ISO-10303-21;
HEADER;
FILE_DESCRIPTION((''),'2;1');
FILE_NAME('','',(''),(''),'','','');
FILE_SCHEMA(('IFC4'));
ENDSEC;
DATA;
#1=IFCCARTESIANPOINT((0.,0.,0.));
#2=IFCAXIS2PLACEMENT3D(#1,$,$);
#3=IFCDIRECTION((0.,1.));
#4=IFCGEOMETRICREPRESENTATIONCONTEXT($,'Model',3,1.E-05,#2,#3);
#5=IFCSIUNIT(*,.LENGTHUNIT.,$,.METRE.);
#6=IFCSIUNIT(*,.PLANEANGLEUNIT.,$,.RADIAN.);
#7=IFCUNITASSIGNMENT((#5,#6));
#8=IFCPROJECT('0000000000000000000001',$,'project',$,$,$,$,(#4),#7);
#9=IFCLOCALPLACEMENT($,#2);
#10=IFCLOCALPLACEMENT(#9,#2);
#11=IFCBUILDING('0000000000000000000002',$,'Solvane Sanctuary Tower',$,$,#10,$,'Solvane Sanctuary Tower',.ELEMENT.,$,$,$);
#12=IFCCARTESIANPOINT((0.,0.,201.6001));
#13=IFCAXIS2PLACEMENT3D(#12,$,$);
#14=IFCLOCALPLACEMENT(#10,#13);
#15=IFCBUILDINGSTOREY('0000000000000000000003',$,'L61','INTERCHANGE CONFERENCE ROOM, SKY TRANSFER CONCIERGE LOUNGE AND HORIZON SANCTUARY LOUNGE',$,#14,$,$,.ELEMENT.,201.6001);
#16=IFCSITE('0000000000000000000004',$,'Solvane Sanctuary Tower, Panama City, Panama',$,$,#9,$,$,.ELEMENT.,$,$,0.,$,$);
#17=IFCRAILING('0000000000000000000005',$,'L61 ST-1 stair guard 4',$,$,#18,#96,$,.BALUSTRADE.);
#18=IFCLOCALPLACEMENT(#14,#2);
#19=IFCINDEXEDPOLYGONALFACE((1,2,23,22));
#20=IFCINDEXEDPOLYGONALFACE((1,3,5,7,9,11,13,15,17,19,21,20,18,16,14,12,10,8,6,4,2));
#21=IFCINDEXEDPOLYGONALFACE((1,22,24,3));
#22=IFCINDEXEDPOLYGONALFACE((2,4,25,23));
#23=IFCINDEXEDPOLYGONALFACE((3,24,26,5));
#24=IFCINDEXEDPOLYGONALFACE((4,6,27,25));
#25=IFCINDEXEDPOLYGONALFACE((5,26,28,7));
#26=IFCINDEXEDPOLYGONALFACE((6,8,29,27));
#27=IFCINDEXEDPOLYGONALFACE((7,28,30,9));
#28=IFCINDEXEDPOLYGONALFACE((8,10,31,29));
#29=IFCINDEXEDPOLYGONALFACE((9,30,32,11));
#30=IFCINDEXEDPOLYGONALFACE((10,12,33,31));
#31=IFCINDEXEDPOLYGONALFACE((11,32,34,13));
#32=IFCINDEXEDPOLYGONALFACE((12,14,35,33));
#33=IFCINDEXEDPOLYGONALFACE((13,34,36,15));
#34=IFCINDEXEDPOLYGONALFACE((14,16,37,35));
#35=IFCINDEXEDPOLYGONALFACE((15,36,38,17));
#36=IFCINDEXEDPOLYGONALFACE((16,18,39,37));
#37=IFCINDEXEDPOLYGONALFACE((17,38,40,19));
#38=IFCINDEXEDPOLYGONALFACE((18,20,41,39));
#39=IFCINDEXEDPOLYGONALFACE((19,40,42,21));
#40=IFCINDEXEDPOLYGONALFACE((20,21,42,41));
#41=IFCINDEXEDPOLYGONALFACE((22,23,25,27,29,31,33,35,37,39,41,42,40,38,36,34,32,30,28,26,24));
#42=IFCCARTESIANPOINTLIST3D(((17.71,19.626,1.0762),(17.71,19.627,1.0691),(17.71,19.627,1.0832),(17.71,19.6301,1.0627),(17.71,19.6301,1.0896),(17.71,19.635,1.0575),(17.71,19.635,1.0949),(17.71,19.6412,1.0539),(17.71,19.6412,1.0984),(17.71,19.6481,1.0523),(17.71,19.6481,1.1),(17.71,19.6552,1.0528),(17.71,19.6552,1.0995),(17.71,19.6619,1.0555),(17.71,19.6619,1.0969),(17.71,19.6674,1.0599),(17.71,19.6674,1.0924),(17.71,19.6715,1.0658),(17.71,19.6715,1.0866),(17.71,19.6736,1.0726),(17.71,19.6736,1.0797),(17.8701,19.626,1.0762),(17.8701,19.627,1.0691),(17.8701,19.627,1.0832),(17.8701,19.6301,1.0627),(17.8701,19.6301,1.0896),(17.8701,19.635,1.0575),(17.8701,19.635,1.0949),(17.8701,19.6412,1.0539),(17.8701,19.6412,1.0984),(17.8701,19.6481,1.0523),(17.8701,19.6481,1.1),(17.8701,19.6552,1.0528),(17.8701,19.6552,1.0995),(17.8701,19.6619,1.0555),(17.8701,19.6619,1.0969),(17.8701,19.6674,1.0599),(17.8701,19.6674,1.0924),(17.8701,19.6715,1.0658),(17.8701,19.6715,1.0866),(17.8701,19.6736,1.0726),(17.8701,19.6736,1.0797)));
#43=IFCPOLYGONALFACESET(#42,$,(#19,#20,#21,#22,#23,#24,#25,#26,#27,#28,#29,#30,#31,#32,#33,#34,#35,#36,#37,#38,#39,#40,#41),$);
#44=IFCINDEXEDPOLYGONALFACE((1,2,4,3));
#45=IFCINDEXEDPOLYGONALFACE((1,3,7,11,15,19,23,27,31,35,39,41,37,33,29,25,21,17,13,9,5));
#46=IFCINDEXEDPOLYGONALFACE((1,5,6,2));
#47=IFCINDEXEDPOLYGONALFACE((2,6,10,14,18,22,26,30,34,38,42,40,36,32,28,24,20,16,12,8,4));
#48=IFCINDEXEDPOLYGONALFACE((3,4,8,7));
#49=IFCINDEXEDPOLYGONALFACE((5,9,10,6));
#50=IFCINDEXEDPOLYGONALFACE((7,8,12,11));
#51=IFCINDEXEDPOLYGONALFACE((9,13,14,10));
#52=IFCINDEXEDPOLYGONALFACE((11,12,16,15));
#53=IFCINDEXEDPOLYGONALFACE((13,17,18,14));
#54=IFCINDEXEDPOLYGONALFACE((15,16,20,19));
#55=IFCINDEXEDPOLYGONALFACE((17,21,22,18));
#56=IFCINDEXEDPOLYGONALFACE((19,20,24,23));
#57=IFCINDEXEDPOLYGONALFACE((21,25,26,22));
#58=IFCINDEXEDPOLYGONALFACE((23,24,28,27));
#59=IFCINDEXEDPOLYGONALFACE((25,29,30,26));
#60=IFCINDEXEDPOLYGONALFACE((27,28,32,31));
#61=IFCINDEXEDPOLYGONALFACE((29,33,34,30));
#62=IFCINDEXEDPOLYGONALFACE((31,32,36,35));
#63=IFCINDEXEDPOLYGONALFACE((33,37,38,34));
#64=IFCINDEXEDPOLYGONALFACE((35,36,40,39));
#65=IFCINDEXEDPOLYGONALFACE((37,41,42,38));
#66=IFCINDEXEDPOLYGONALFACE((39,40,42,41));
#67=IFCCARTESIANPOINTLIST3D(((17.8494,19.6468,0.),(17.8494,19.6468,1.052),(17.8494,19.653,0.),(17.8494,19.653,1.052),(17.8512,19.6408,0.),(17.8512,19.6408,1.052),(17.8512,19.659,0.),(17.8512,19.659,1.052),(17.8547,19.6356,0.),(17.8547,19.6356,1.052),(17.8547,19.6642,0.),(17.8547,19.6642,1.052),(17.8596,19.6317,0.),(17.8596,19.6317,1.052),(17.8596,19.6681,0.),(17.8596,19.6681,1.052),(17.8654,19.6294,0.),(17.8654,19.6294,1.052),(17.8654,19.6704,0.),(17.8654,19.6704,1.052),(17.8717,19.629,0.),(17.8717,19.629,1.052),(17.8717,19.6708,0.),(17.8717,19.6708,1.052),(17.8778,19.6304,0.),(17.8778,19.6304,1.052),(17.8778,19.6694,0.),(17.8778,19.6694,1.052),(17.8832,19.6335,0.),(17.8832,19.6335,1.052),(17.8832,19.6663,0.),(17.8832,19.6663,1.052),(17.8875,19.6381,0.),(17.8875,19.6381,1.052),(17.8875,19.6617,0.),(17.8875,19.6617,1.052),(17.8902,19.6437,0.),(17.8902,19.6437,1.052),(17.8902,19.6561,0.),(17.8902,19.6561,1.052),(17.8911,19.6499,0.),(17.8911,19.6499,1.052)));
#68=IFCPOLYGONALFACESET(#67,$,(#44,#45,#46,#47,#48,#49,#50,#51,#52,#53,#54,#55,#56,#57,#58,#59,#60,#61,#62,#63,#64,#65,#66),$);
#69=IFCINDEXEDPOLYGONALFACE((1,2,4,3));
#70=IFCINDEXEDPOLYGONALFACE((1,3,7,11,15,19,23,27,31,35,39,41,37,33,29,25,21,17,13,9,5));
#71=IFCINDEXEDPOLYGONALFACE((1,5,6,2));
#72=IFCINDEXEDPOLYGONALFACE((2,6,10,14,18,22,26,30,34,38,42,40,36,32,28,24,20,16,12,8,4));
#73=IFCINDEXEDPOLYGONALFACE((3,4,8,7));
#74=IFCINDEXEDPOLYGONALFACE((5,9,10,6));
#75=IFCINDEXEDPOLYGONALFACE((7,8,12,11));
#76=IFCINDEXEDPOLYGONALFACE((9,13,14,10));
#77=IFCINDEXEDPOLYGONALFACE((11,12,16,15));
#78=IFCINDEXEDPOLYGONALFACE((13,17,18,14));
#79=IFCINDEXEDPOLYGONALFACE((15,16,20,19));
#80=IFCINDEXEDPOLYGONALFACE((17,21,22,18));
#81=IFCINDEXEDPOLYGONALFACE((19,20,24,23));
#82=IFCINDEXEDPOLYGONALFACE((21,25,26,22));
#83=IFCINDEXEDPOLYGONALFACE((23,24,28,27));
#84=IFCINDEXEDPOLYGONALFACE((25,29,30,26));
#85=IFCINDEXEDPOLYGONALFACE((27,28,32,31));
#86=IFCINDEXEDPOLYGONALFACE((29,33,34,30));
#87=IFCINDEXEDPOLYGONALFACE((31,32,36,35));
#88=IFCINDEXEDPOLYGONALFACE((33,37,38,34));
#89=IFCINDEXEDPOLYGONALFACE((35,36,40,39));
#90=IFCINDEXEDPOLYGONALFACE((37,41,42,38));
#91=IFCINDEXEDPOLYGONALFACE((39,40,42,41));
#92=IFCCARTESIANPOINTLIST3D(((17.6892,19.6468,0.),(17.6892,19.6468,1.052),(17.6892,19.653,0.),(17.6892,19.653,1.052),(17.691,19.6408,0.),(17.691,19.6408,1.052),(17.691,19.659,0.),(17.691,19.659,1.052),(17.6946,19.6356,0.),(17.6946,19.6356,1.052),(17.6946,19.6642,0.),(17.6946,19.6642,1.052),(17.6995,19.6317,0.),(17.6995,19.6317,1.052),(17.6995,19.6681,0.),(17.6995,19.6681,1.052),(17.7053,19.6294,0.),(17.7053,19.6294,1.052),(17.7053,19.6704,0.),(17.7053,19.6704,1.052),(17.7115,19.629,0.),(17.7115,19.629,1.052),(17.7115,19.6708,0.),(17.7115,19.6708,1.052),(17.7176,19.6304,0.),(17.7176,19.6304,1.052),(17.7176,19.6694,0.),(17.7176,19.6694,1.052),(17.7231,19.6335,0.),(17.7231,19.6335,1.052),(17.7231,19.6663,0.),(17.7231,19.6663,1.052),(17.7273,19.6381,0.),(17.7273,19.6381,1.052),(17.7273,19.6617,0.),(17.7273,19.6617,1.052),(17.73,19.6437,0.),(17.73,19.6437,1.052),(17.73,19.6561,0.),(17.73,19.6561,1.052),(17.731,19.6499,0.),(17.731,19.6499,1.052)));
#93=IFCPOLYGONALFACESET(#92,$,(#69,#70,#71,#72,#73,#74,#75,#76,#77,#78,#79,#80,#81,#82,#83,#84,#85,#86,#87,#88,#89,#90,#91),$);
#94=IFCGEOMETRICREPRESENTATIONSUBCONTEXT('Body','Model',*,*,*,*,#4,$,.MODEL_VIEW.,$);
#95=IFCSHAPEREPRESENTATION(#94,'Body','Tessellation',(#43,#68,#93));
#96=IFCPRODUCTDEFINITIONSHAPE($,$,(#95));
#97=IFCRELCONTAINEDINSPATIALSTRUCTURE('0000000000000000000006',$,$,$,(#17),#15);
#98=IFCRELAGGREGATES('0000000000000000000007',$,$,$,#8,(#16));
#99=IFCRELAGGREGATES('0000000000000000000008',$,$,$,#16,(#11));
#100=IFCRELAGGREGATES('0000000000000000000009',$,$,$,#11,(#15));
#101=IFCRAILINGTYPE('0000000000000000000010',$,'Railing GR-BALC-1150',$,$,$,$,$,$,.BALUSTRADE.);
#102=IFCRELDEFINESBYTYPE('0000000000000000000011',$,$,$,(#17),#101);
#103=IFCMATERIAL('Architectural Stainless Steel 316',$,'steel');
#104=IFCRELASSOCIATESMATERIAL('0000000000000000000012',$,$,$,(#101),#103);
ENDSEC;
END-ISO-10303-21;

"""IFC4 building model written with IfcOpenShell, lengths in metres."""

from ifc_helpers import new_model, si_unit, direction, frame, origin, origin_2d, place, context, subcontext, project, spatial, circle, extrude, material, type_object, element, save


model = new_model("IFC4")

# Units and contexts
model_context = context("Model", 3, precision=1e-05, world=origin(), true_north=direction((0.0, 1.0)))
body_context = subcontext(model_context, "Body", "Model", "MODEL_VIEW")
ifc_project = project(units=[si_unit("LENGTHUNIT", "METRE"), si_unit("PLANEANGLEUNIT", "RADIAN")], contexts=[model_context])

# Site, building, storey
site_placement = place(None, origin())
site = spatial("IfcSite", under=ifc_project, at=site_placement, Name="Solvane Sanctuary Tower, Panama City, Panama", CompositionType="ELEMENT", RefElevation=0.0)
building_placement = place(site_placement, origin())
building = spatial("IfcBuilding", under=site, at=building_placement, Name="Solvane Sanctuary Tower", LongName="Solvane Sanctuary Tower", CompositionType="ELEMENT")
storey_placement = place(building_placement, frame((0.0, 0.0, 201.6001)))
storey = spatial("IfcBuildingStorey", under=building, at=storey_placement, Name="L61", Description="INTERCHANGE CONFERENCE ROOM, SKY TRANSFER CONCIERGE LOUNGE AND HORIZON SANCTUARY LOUNGE", CompositionType="ELEMENT", Elevation=201.6001)

# Shared definitions
ifc_material_1 = material(Name="Architectural Stainless Steel 316", Category="steel")

# Railing
railing_type_1 = type_object("IfcRailingType", Name="Railing GR-BALC-1150", PredefinedType="BALUSTRADE", material=ifc_material_1)
railing_1_placement = place(storey_placement, frame((17.8701, 19.6499, 0.0)))
element("IfcRailing", 1, at=railing_1_placement, inside=storey, type_object=railing_type_1, Name="L61 ST-1 stair guard 4", PredefinedType="BALUSTRADE", context=body_context, shape_type="SweptSolid", body=[
    extrude(circle(Radius=0.0239, at=origin_2d()), frame((0.0, 0.0, 1.0762), z_axis=(-1.0, 0.0, 0.0), x_axis=(0.0, -1.0, 0.0)), (0.0, 0.0, 1.0), 0.1602),
    extrude(circle(Radius=0.021, at=origin_2d()), origin(), (0.0, 0.0, 1.0), 1.052),
    extrude(circle(Radius=0.021, at=origin_2d()), frame((-0.1602, 0.0, 0.0)), (0.0, 0.0, 1.0), 1.052),
])

save(model, "model.ifc")
